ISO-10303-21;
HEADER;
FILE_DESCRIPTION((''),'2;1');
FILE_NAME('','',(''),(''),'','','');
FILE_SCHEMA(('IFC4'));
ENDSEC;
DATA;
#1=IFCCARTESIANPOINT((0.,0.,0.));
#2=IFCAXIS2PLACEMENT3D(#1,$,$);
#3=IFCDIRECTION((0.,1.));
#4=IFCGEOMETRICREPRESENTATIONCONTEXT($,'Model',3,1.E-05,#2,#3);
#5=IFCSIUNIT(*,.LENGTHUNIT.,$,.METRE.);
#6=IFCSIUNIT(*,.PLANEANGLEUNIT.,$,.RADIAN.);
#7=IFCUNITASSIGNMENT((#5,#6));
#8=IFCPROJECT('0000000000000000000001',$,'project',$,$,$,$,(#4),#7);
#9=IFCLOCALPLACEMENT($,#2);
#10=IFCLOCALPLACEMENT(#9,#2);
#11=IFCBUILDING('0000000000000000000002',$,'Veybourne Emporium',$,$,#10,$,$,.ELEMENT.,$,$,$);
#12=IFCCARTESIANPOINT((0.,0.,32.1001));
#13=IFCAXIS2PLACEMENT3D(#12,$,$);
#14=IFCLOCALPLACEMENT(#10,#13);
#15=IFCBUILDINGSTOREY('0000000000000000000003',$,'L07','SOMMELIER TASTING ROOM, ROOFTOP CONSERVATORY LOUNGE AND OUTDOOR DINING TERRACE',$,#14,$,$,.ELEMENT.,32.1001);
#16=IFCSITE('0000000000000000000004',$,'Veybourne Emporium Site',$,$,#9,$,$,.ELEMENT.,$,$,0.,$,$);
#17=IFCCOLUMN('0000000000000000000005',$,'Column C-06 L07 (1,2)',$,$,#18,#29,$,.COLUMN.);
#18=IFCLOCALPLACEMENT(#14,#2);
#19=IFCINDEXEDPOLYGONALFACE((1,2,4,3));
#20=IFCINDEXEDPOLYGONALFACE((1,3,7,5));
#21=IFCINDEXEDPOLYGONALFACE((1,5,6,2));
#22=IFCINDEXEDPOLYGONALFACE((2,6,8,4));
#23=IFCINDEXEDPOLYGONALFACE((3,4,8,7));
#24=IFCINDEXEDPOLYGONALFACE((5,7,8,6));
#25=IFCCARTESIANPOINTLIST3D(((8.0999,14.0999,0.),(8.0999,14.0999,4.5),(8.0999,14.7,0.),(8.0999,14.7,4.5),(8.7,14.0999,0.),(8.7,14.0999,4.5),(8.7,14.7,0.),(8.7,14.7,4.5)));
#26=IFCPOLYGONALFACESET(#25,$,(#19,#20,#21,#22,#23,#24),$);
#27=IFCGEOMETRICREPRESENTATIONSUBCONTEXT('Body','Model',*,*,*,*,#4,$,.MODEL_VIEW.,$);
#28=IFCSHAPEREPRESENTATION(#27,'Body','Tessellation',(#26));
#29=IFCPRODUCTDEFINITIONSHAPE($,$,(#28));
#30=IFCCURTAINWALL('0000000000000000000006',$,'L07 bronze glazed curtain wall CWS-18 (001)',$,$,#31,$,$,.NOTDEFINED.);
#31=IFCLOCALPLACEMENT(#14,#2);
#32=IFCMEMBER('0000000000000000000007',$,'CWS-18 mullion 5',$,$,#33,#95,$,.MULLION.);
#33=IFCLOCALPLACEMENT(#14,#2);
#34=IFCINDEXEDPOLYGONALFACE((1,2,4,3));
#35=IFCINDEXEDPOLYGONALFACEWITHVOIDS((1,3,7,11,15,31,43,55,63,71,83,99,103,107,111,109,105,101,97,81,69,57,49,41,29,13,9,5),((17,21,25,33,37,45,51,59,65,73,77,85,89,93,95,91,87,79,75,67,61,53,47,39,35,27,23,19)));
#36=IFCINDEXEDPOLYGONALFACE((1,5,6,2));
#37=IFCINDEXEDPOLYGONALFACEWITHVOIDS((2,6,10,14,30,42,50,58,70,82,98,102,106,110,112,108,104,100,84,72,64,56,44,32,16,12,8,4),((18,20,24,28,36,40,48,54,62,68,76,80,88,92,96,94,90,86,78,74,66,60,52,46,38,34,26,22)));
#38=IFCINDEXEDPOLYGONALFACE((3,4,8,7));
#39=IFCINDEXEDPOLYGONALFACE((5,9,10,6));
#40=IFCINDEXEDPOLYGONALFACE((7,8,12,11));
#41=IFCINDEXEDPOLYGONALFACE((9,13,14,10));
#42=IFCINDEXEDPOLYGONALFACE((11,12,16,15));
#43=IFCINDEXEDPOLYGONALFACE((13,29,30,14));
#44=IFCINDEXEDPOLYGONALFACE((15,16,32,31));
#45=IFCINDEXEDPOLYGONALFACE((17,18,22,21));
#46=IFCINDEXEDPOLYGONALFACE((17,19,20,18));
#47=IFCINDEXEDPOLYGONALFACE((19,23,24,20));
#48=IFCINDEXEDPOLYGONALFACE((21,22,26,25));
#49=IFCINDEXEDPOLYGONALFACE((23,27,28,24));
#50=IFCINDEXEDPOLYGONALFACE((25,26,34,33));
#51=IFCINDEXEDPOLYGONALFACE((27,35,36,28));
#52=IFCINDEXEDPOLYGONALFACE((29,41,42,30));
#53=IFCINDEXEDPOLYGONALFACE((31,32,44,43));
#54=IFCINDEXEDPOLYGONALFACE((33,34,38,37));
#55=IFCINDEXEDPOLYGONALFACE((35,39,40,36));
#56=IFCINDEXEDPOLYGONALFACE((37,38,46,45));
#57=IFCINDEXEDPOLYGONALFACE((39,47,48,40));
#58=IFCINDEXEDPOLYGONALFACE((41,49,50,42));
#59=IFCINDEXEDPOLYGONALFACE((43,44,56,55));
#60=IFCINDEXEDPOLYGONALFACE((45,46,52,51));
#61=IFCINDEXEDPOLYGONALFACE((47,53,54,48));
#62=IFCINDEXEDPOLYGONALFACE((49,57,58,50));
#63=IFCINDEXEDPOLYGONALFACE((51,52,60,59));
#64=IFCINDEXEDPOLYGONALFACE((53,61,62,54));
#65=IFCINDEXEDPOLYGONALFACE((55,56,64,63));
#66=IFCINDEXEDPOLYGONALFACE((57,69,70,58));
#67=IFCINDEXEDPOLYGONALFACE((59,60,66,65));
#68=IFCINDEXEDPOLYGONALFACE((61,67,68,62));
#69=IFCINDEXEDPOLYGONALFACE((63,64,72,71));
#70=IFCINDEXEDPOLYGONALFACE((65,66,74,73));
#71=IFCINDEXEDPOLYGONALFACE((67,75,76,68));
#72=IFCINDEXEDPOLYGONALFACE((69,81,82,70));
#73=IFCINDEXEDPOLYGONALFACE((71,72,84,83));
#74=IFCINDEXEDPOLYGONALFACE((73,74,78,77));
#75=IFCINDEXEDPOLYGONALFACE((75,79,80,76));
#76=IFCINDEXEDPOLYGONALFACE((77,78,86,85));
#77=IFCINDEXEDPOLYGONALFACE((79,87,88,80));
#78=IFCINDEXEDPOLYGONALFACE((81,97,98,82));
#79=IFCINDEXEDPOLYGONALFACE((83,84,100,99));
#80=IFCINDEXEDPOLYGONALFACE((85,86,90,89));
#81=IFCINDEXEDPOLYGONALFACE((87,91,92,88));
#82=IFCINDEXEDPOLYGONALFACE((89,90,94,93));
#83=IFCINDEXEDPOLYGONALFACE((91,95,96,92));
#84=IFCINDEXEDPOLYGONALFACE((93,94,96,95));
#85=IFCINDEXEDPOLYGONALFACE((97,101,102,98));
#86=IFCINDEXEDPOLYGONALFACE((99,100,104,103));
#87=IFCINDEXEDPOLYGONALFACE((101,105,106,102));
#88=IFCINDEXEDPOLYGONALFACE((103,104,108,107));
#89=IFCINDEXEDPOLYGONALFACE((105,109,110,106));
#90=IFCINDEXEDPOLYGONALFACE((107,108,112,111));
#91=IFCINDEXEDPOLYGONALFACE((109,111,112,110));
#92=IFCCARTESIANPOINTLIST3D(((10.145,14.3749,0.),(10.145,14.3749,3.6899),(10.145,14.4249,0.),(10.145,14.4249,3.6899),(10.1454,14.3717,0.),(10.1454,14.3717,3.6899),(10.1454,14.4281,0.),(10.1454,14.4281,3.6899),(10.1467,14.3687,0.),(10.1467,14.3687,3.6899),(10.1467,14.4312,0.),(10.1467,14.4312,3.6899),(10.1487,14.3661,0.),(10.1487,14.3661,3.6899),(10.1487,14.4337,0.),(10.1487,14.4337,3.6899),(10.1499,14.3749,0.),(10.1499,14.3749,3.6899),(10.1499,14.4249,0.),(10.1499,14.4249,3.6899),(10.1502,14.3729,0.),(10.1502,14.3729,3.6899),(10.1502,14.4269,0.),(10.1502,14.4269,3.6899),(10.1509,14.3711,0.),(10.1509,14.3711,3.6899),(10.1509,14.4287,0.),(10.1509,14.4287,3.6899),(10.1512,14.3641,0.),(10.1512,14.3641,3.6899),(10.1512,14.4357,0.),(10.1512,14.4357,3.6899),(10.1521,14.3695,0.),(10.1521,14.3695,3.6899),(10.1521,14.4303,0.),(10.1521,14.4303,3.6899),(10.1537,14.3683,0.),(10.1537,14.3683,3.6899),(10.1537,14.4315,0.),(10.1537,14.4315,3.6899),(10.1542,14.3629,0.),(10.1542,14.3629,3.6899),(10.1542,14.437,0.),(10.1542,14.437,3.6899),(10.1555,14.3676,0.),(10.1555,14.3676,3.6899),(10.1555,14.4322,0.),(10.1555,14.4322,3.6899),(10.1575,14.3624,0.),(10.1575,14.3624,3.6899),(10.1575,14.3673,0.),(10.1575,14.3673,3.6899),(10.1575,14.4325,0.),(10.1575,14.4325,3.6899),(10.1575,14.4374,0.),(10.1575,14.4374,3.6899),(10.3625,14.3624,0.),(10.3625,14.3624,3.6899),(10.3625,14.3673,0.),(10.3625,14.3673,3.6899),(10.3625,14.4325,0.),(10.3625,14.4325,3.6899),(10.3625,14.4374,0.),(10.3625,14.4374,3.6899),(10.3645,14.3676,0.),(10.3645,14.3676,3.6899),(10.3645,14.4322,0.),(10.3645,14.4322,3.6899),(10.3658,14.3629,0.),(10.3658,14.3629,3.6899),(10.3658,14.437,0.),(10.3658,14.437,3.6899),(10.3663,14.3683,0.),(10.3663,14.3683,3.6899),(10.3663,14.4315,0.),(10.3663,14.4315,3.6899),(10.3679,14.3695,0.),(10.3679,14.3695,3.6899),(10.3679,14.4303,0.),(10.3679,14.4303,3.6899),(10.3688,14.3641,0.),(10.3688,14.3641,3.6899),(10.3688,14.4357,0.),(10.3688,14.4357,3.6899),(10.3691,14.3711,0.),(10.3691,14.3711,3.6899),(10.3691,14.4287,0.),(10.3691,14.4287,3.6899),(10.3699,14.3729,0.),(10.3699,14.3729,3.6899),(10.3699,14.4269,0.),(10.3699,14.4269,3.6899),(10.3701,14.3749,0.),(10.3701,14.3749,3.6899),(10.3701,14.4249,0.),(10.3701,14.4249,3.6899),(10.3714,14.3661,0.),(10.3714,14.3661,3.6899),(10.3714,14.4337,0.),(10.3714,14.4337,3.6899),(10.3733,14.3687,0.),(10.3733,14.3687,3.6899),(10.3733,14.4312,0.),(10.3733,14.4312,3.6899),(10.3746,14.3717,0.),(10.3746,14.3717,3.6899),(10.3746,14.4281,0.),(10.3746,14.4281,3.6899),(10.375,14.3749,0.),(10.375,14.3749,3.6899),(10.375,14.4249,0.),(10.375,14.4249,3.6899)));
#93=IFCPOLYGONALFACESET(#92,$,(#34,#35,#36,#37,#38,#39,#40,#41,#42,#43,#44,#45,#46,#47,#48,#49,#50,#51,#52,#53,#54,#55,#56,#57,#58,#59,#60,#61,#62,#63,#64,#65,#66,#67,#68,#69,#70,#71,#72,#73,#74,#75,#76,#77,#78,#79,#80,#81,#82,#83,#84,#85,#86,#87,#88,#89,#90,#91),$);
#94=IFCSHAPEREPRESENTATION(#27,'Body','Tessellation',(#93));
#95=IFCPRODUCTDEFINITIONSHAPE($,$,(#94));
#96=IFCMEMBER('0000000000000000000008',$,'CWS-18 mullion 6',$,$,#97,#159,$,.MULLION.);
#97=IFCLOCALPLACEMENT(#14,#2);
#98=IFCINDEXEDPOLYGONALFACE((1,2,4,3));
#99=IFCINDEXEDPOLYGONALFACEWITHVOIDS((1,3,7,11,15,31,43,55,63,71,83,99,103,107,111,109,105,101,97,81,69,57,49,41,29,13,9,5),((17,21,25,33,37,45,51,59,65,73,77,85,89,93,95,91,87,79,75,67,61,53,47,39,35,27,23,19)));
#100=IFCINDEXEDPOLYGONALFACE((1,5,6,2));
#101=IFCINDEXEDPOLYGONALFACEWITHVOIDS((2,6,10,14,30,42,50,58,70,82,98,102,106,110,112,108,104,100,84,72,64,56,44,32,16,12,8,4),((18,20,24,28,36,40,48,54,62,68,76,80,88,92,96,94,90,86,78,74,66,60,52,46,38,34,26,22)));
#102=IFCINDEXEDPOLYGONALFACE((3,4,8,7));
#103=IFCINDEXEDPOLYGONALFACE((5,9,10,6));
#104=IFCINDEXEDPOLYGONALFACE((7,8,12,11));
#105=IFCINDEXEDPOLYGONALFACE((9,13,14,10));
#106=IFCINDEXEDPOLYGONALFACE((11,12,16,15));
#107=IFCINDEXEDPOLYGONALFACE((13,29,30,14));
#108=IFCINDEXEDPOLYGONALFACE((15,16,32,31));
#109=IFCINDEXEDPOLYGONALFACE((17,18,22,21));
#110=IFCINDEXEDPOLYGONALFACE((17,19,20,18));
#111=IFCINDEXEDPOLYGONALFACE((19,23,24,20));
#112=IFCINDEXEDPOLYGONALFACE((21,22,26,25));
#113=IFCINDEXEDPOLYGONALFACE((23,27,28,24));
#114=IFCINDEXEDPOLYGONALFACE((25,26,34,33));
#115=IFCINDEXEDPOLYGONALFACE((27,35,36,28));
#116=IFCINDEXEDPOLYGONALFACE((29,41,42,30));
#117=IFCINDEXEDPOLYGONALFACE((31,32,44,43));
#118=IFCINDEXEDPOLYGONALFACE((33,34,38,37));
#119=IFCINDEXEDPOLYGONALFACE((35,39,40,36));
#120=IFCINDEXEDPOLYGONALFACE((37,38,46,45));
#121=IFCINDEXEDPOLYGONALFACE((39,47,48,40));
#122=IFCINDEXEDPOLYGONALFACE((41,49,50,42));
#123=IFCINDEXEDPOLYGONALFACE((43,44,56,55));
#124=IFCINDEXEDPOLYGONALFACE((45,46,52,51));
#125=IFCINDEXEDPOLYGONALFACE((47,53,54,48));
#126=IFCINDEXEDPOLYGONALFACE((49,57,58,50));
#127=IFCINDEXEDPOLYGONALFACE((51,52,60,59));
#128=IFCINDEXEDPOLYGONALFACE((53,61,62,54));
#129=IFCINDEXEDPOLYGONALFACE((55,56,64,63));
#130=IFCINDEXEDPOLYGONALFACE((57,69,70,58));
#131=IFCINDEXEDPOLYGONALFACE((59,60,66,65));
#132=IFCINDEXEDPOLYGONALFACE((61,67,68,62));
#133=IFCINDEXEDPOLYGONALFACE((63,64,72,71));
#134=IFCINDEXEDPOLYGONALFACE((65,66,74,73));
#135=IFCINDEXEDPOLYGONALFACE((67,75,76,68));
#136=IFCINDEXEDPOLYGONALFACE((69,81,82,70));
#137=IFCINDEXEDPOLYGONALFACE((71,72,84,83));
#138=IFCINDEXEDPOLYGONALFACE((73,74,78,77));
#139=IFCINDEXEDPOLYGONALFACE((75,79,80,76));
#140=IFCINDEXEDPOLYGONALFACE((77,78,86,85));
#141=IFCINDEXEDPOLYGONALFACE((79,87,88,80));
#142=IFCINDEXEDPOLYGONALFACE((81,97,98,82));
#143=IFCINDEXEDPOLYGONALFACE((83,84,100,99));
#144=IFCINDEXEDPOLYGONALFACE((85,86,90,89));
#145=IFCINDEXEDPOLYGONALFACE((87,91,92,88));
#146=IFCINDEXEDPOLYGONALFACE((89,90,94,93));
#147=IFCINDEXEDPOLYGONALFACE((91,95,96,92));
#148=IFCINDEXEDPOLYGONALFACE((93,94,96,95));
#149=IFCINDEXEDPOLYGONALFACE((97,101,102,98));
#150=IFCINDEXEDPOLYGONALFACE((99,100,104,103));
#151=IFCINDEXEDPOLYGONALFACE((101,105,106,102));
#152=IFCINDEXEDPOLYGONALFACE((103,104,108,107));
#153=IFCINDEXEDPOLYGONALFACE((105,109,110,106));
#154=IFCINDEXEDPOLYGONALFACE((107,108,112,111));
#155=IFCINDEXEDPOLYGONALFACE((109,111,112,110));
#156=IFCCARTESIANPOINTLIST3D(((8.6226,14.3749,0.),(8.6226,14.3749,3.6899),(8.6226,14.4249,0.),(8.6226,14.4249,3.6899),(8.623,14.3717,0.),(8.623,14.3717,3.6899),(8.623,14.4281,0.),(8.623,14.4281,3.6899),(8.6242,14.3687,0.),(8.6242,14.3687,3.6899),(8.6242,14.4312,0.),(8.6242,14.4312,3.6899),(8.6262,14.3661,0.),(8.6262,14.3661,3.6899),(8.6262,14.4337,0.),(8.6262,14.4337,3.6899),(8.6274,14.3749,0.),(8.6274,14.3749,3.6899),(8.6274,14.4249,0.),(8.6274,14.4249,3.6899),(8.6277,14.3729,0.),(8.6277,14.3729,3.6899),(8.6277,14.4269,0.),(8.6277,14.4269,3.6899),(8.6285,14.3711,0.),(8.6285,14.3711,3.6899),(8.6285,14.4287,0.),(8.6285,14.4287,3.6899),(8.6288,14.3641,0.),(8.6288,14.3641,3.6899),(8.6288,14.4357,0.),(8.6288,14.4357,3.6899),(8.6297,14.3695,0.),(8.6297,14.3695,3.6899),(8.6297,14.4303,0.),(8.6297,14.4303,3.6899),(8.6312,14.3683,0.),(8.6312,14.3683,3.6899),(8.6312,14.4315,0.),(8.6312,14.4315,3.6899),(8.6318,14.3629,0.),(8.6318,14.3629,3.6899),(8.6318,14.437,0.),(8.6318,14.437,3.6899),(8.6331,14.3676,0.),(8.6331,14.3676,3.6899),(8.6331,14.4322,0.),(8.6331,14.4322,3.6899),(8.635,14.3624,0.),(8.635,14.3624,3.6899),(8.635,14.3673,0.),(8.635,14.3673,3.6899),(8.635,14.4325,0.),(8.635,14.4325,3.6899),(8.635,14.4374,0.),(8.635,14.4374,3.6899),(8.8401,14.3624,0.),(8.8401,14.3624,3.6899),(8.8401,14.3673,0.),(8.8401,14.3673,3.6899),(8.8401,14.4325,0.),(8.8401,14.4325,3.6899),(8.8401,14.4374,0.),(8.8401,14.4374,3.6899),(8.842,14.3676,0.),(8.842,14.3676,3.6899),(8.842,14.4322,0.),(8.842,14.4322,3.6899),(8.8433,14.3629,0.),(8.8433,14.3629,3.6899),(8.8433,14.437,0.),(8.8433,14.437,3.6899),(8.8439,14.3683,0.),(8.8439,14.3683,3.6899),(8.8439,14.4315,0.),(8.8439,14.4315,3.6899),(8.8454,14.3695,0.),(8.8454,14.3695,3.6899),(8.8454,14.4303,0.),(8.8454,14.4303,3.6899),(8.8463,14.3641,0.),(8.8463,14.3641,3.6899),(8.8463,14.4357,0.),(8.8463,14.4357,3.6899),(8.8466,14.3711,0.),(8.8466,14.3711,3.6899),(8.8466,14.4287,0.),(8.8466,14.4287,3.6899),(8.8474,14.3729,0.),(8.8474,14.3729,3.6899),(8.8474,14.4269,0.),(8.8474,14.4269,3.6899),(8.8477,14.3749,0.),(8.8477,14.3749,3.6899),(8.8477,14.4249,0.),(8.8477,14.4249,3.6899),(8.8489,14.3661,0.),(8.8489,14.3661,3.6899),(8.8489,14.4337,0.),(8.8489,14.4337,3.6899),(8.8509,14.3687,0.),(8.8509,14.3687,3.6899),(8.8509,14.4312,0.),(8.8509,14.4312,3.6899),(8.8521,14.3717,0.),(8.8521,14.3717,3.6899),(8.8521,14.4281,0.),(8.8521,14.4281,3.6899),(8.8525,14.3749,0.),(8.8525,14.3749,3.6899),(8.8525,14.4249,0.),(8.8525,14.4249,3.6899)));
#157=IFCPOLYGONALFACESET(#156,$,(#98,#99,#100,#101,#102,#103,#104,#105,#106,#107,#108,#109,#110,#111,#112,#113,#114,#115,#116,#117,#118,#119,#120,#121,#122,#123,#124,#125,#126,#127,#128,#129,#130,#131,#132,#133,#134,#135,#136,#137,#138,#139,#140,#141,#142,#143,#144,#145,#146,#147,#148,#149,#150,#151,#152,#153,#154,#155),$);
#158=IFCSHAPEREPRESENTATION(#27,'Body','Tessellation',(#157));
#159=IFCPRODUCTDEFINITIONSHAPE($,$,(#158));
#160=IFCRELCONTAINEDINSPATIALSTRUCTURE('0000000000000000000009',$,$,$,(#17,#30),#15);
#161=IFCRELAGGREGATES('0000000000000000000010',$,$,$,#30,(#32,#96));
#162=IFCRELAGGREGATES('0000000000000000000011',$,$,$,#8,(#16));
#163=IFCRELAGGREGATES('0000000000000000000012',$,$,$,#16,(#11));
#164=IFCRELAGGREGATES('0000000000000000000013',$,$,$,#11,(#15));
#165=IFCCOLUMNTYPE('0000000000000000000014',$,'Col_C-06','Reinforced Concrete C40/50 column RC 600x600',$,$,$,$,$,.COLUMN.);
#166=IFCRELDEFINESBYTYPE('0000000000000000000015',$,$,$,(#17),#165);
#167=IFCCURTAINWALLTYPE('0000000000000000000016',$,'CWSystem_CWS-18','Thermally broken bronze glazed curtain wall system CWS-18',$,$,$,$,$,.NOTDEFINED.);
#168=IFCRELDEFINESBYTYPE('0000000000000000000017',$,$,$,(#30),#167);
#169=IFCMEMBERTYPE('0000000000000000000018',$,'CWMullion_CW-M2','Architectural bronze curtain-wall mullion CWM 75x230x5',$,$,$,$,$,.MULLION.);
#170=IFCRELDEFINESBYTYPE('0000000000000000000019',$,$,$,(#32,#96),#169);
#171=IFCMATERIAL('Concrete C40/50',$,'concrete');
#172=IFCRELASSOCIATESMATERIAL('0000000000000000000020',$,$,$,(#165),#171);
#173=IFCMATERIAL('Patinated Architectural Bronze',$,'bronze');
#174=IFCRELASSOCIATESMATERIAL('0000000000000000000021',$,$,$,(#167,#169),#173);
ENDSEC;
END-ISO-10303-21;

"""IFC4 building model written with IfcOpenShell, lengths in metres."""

from ifc_helpers import new_model, si_unit, direction, frame, origin, origin_2d, place, context, subcontext, project, spatial, rectangle, hollow_rectangle, extrude, material, material_profile, profile_set, type_object, element, aggregate, save


model = new_model("IFC4")

# Units and contexts
model_context = context("Model", 3, precision=1e-05, world=origin(), true_north=direction((0.0, 1.0)))
body_context = subcontext(model_context, "Body", "Model", "MODEL_VIEW")
ifc_project = project(units=[si_unit("LENGTHUNIT", "METRE"), si_unit("PLANEANGLEUNIT", "RADIAN")], contexts=[model_context])

# Site, building, storey
site_placement = place(None, origin())
site = spatial("IfcSite", under=ifc_project, at=site_placement, Name="Veybourne Emporium Site", CompositionType="ELEMENT", RefElevation=0.0)
building_placement = place(site_placement, origin())
building = spatial("IfcBuilding", under=site, at=building_placement, Name="Veybourne Emporium", CompositionType="ELEMENT")
storey_placement = place(building_placement, frame((0.0, 0.0, 32.1001)))
storey = spatial("IfcBuildingStorey", under=building, at=storey_placement, Name="L07", Description="SOMMELIER TASTING ROOM, ROOFTOP CONSERVATORY LOUNGE AND OUTDOOR DINING TERRACE", CompositionType="ELEMENT", Elevation=32.1001)

# Column
ifc_material_1 = material(Name="Concrete C40/50", Category="concrete")
ifc_material_profile_1 = material_profile(ifc_material_1, rectangle(XDim=0.6001, YDim=0.6001, at=origin_2d()), Name="RC 600x600")
ifc_profile_set_1 = profile_set([ifc_material_profile_1], Name="Concrete C40/50")
column_type = type_object("IfcColumnType", Name="Col_C-06", Description="Reinforced Concrete C40/50 column RC 600x600", PredefinedType="COLUMN", material=ifc_profile_set_1)
column_placement = place(storey_placement, frame((8.3999, 14.3999, 0.0), z_axis=(0.0, 0.0, 1.0), x_axis=(1.0, 0.0, 0.0)))
element("IfcColumn", 1, at=column_placement, inside=storey, type_object=column_type, Name="Column C-06 L07 (1,2)", PredefinedType="COLUMN", context=body_context, shape_type="SweptSolid", body=[
    extrude(rectangle(XDim=0.6001, YDim=0.6001, at=origin_2d()), origin(), (0.0, 0.0, 1.0), 4.5),
])

# Curtain wall, members
ifc_material_2 = material(Name="Patinated Architectural Bronze", Category="bronze")
curtain_wall_type = type_object("IfcCurtainWallType", Name="CWSystem_CWS-18", Description="Thermally broken bronze glazed curtain wall system CWS-18", PredefinedType="NOTDEFINED", material=ifc_material_2)
curtain_wall_placement = place(storey_placement, origin())
curtain_wall = element("IfcCurtainWall", 2, at=curtain_wall_placement, inside=storey, type_object=curtain_wall_type, Name="L07 bronze glazed curtain wall CWS-18 (001)", PredefinedType="NOTDEFINED")
ifc_material_profile_2 = material_profile(ifc_material_2, hollow_rectangle(XDim=0.075, YDim=0.23, WallThickness=0.0049, InnerFilletRadius=0.0076, OuterFilletRadius=0.0125, at=origin_2d()), Name="CWM 75x230x5")
ifc_profile_set_2 = profile_set([ifc_material_profile_2], Name="Patinated Architectural Bronze")
member_type_1 = type_object("IfcMemberType", Name="CWMullion_CW-M2", Description="Architectural bronze curtain-wall mullion CWM 75x230x5", PredefinedType="MULLION", material=ifc_profile_set_2)
member_1_placement = place(storey_placement, frame((10.26, 14.3999, 0.0), z_axis=(0.0, 0.0, 1.0), x_axis=(0.0, -1.0, 0.0)))
member_1 = element("IfcMember", 3, at=member_1_placement, type_object=member_type_1, Name="CWS-18 mullion 5", PredefinedType="MULLION", context=body_context, shape_type="SweptSolid", body=[
    extrude(hollow_rectangle(XDim=0.075, YDim=0.23, WallThickness=0.0049, InnerFilletRadius=0.0076, OuterFilletRadius=0.0125, at=origin_2d()), origin(), (0.0, 0.0, 1.0), 3.6899),
])
member_2_placement = place(storey_placement, frame((8.7375, 14.3999, 0.0), z_axis=(0.0, 0.0, 1.0), x_axis=(0.0, -1.0, 0.0)))
member_2 = element("IfcMember", 4, at=member_2_placement, type_object=member_type_1, Name="CWS-18 mullion 6", PredefinedType="MULLION", context=body_context, shape_type="SweptSolid", body=[
    extrude(hollow_rectangle(XDim=0.075, YDim=0.23, WallThickness=0.0049, InnerFilletRadius=0.0076, OuterFilletRadius=0.0125, at=origin_2d()), origin(), (0.0, 0.0, 1.0), 3.6899),
])

aggregate(curtain_wall, [member_1, member_2])

save(model, "model.ifc")
